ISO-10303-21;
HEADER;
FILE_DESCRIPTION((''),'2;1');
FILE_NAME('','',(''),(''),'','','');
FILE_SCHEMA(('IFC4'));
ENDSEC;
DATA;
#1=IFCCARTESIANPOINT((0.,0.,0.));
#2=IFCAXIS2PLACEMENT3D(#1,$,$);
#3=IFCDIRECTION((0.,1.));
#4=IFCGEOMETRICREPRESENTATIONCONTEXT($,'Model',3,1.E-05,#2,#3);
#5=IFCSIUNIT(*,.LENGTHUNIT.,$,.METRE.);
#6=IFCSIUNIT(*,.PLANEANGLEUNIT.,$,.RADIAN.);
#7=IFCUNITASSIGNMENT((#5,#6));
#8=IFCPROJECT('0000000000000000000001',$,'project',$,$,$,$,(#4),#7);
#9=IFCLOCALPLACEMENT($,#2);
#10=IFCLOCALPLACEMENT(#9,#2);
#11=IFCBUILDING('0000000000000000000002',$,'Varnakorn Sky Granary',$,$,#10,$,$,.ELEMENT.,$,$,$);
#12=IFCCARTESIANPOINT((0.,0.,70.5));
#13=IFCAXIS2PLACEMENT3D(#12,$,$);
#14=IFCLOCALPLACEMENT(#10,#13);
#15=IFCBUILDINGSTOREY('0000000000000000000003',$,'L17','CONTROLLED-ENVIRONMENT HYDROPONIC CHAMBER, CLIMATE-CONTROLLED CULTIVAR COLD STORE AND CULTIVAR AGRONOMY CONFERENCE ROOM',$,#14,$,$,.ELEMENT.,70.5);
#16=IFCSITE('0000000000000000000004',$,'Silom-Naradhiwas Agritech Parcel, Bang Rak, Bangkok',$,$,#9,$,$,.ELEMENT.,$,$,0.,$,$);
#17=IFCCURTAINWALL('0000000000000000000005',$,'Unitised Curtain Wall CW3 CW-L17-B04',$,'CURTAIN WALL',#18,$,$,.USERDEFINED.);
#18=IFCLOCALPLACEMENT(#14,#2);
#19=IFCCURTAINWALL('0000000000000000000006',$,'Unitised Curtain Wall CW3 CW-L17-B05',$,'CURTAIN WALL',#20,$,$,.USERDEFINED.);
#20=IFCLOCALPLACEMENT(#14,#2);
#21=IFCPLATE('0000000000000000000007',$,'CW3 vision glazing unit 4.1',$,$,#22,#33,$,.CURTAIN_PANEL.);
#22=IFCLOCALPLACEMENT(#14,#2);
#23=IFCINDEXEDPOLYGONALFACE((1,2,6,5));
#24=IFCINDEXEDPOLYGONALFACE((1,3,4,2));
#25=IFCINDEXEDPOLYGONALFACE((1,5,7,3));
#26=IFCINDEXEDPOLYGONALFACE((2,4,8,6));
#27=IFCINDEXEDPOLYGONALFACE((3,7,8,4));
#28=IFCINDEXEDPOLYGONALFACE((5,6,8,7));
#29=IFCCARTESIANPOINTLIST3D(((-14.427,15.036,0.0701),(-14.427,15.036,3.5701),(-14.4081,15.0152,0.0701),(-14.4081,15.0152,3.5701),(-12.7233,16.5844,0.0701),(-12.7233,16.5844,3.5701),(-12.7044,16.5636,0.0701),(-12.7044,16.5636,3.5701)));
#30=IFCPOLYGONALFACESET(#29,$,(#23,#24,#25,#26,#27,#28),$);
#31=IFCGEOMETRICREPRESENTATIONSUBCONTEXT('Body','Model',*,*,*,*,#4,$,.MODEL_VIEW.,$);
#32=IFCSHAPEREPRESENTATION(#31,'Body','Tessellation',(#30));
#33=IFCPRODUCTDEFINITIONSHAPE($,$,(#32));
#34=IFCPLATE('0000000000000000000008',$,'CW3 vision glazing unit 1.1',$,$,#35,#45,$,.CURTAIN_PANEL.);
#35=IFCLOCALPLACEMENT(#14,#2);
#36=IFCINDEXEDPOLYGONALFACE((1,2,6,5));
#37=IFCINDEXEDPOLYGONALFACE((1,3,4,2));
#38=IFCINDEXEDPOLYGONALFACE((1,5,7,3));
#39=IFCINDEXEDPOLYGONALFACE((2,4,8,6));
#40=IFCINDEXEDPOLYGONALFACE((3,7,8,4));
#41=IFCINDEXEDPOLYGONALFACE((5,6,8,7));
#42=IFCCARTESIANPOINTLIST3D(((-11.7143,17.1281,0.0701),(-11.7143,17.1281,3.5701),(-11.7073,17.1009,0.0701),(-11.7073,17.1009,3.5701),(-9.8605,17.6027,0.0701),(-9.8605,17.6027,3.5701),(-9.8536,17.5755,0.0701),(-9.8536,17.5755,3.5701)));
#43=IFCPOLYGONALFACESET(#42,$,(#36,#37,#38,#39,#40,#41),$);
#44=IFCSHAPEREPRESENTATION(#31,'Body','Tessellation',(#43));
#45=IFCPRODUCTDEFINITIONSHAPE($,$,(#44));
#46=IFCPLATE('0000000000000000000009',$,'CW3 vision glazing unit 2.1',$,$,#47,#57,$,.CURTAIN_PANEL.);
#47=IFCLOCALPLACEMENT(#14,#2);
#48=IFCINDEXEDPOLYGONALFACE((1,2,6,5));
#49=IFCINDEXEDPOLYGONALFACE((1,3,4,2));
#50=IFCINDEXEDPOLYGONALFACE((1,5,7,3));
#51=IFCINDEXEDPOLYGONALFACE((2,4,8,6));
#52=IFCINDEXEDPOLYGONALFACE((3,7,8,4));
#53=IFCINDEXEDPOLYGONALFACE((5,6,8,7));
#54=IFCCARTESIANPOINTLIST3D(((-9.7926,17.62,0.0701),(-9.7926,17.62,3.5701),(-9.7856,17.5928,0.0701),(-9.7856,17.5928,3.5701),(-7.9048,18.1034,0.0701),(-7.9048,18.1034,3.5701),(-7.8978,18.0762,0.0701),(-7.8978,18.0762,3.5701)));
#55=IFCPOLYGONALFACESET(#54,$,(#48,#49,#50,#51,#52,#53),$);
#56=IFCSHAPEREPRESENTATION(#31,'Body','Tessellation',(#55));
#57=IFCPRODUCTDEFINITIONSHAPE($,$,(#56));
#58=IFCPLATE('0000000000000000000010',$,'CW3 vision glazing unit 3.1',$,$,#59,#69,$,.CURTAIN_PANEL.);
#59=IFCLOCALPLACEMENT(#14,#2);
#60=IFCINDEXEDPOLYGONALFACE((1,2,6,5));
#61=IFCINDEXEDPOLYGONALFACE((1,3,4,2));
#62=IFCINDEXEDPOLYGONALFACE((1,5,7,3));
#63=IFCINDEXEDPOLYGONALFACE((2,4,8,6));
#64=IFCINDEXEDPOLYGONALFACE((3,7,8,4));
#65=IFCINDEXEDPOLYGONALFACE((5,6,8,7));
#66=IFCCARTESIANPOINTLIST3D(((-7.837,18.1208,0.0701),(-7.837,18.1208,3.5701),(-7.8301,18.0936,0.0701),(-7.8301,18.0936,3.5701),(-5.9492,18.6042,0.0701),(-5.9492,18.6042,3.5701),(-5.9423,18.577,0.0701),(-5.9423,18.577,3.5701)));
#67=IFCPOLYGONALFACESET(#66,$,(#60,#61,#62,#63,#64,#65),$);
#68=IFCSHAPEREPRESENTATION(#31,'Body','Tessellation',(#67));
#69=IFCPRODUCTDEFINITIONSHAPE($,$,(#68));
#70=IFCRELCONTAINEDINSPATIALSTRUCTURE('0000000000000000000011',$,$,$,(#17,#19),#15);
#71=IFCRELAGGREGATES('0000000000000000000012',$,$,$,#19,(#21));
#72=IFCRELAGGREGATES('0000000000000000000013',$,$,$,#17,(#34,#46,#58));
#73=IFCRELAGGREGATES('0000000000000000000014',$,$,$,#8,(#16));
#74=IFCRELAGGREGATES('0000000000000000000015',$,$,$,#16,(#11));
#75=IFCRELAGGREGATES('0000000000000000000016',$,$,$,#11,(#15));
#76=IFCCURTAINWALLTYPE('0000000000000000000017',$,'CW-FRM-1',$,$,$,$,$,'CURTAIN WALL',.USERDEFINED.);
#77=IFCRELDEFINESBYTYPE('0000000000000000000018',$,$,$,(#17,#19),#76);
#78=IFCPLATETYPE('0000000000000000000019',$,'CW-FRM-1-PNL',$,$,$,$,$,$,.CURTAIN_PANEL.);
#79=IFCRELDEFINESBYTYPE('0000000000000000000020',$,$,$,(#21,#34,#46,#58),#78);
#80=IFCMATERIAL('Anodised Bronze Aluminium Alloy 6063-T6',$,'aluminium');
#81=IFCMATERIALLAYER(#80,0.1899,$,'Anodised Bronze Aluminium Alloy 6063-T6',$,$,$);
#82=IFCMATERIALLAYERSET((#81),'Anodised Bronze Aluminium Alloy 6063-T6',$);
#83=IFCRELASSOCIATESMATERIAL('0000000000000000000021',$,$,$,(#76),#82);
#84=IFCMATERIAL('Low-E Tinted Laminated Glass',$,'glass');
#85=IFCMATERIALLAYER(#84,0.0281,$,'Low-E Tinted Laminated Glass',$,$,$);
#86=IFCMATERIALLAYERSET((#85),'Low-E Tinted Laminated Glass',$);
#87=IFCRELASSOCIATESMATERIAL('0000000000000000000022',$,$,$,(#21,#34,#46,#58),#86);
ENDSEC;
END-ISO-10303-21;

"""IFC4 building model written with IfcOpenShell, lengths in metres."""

from ifc_helpers import new_model, si_unit, direction, frame, origin, origin_2d, place, context, subcontext, project, spatial, rectangle, extrude, source, transform, mapped, material, layer, layer_set, type_object, type_shapes, element, aggregate, save


model = new_model("IFC4")

# Units and contexts
model_context = context("Model", 3, precision=1e-05, world=origin(), true_north=direction((0.0, 1.0)))
body_context = subcontext(model_context, "Body", "Model", "MODEL_VIEW")
ifc_project = project(units=[si_unit("LENGTHUNIT", "METRE"), si_unit("PLANEANGLEUNIT", "RADIAN")], contexts=[model_context])

# Site, building, storey
site_placement = place(None, origin())
site = spatial("IfcSite", under=ifc_project, at=site_placement, Name="Silom-Naradhiwas Agritech Parcel, Bang Rak, Bangkok", CompositionType="ELEMENT", RefElevation=0.0)
building_placement = place(site_placement, origin())
building = spatial("IfcBuilding", under=site, at=building_placement, Name="Varnakorn Sky Granary", CompositionType="ELEMENT")
storey_placement = place(building_placement, frame((0.0, 0.0, 70.5)))
storey = spatial("IfcBuildingStorey", under=building, at=storey_placement, Name="L17", Description="CONTROLLED-ENVIRONMENT HYDROPONIC CHAMBER, CLIMATE-CONTROLLED CULTIVAR COLD STORE AND CULTIVAR AGRONOMY CONFERENCE ROOM", CompositionType="ELEMENT", Elevation=70.5)

# Curtain walls
ifc_material_1 = material(Name="Anodised Bronze Aluminium Alloy 6063-T6", Category="aluminium")
ifc_layer_1 = layer(ifc_material_1, 0.1899, Name="Anodised Bronze Aluminium Alloy 6063-T6")
ifc_layer_set_1 = layer_set([ifc_layer_1], Name="Anodised Bronze Aluminium Alloy 6063-T6")
curtain_wall_type = type_object("IfcCurtainWallType", Name="CW-FRM-1", ElementType="CURTAIN WALL", PredefinedType="USERDEFINED", material=ifc_layer_set_1)
curtain_wall_1_placement = place(storey_placement, origin())
curtain_wall_1 = element("IfcCurtainWall", 1, at=curtain_wall_1_placement, inside=storey, type_object=curtain_wall_type, Name="Unitised Curtain Wall CW3 CW-L17-B04", ObjectType="CURTAIN WALL", PredefinedType="USERDEFINED")
curtain_wall_2_placement = place(storey_placement, origin())
curtain_wall_2 = element("IfcCurtainWall", 2, at=curtain_wall_2_placement, inside=storey, type_object=curtain_wall_type, Name="Unitised Curtain Wall CW3 CW-L17-B05", ObjectType="CURTAIN WALL", PredefinedType="USERDEFINED")

# Plates
ifc_material_2 = material(Name="Low-E Tinted Laminated Glass", Category="glass")
ifc_layer_2 = layer(ifc_material_2, 0.0281, Name="Low-E Tinted Laminated Glass")
ifc_layer_set_2 = layer_set([ifc_layer_2], Name="Low-E Tinted Laminated Glass")
plate_type = type_object("IfcPlateType", Name="CW-FRM-1-PNL", PredefinedType="CURTAIN_PANEL")
shared_shape_1 = source(origin(), body_context, "Body", "SweptSolid", [
    extrude(rectangle(XDim=2.3022, YDim=0.0281, at=origin_2d()), origin(), (0.0, 0.0, 1.0), 3.5),
])
plate_1_placement = place(storey_placement, frame((-13.5657, 15.7998, 0.0701), z_axis=(0.0, 0.0, 1.0), x_axis=(0.740022, 0.672582, 0.0)))
plate_1 = element("IfcPlate", 3, at=plate_1_placement, type_object=plate_type, material=ifc_layer_set_2, Name="CW3 vision glazing unit 4.1", PredefinedType="CURTAIN_PANEL", context=body_context, shape_type="MappedRepresentation", body=[
    mapped(shared_shape_1, transform((0.0, 0.0, 0.0), x_axis=(1.0, 0.0, 0.0), y_axis=(0.0, 1.0, 0.0), z_axis=(0.0, 0.0, 1.0), scale=1.0)),
])
aggregate(curtain_wall_2, [plate_1])
shared_shape_2 = source(origin(), body_context, "Body", "SweptSolid", [
    extrude(rectangle(XDim=1.9136, YDim=0.0281, at=origin_2d()), origin(), (0.0, 0.0, 1.0), 3.5),
])
plate_2_placement = place(storey_placement, frame((-10.7839, 17.3518, 0.0701), z_axis=(0.0, 0.0, 1.0), x_axis=(0.968746, 0.248054, 0.0)))
plate_2 = element("IfcPlate", 4, at=plate_2_placement, type_object=plate_type, material=ifc_layer_set_2, Name="CW3 vision glazing unit 1.1", PredefinedType="CURTAIN_PANEL", context=body_context, shape_type="MappedRepresentation", body=[
    mapped(shared_shape_2, transform((0.0, 0.0, 0.0), x_axis=(1.0, 0.0, 0.0), y_axis=(0.0, 1.0, 0.0), z_axis=(0.0, 0.0, 1.0), scale=1.0)),
])
shared_shape_3 = source(origin(), body_context, "Body", "SweptSolid", [
    extrude(rectangle(XDim=1.9487, YDim=0.0281, at=origin_2d()), origin(), (0.0, 0.0, 1.0), 3.5),
])
type_shapes(plate_type, [shared_shape_1, shared_shape_2, shared_shape_3])
plate_3_placement = place(storey_placement, frame((-8.8452, 17.8481, 0.0701), z_axis=(0.0, 0.0, 1.0), x_axis=(0.968746, 0.248054, 0.0)))
plate_3 = element("IfcPlate", 5, at=plate_3_placement, type_object=plate_type, material=ifc_layer_set_2, Name="CW3 vision glazing unit 2.1", PredefinedType="CURTAIN_PANEL", context=body_context, shape_type="MappedRepresentation", body=[
    mapped(shared_shape_3, transform((0.0, 0.0, 0.0), x_axis=(1.0, 0.0, 0.0), y_axis=(0.0, 1.0, 0.0), z_axis=(0.0, 0.0, 1.0), scale=1.0)),
])
plate_4_placement = place(storey_placement, frame((-6.8896, 18.3489, 0.0701), z_axis=(0.0, 0.0, 1.0), x_axis=(0.968746, 0.248054, 0.0)))
plate_4 = element("IfcPlate", 6, at=plate_4_placement, type_object=plate_type, material=ifc_layer_set_2, Name="CW3 vision glazing unit 3.1", PredefinedType="CURTAIN_PANEL", context=body_context, shape_type="MappedRepresentation", body=[
    mapped(shared_shape_3, transform((0.0, 0.0, 0.0), x_axis=(1.0, 0.0, 0.0), y_axis=(0.0, 1.0, 0.0), z_axis=(0.0, 0.0, 1.0), scale=1.0)),
])
aggregate(curtain_wall_1, [plate_2, plate_3, plate_4])

save(model, "model.ifc")
